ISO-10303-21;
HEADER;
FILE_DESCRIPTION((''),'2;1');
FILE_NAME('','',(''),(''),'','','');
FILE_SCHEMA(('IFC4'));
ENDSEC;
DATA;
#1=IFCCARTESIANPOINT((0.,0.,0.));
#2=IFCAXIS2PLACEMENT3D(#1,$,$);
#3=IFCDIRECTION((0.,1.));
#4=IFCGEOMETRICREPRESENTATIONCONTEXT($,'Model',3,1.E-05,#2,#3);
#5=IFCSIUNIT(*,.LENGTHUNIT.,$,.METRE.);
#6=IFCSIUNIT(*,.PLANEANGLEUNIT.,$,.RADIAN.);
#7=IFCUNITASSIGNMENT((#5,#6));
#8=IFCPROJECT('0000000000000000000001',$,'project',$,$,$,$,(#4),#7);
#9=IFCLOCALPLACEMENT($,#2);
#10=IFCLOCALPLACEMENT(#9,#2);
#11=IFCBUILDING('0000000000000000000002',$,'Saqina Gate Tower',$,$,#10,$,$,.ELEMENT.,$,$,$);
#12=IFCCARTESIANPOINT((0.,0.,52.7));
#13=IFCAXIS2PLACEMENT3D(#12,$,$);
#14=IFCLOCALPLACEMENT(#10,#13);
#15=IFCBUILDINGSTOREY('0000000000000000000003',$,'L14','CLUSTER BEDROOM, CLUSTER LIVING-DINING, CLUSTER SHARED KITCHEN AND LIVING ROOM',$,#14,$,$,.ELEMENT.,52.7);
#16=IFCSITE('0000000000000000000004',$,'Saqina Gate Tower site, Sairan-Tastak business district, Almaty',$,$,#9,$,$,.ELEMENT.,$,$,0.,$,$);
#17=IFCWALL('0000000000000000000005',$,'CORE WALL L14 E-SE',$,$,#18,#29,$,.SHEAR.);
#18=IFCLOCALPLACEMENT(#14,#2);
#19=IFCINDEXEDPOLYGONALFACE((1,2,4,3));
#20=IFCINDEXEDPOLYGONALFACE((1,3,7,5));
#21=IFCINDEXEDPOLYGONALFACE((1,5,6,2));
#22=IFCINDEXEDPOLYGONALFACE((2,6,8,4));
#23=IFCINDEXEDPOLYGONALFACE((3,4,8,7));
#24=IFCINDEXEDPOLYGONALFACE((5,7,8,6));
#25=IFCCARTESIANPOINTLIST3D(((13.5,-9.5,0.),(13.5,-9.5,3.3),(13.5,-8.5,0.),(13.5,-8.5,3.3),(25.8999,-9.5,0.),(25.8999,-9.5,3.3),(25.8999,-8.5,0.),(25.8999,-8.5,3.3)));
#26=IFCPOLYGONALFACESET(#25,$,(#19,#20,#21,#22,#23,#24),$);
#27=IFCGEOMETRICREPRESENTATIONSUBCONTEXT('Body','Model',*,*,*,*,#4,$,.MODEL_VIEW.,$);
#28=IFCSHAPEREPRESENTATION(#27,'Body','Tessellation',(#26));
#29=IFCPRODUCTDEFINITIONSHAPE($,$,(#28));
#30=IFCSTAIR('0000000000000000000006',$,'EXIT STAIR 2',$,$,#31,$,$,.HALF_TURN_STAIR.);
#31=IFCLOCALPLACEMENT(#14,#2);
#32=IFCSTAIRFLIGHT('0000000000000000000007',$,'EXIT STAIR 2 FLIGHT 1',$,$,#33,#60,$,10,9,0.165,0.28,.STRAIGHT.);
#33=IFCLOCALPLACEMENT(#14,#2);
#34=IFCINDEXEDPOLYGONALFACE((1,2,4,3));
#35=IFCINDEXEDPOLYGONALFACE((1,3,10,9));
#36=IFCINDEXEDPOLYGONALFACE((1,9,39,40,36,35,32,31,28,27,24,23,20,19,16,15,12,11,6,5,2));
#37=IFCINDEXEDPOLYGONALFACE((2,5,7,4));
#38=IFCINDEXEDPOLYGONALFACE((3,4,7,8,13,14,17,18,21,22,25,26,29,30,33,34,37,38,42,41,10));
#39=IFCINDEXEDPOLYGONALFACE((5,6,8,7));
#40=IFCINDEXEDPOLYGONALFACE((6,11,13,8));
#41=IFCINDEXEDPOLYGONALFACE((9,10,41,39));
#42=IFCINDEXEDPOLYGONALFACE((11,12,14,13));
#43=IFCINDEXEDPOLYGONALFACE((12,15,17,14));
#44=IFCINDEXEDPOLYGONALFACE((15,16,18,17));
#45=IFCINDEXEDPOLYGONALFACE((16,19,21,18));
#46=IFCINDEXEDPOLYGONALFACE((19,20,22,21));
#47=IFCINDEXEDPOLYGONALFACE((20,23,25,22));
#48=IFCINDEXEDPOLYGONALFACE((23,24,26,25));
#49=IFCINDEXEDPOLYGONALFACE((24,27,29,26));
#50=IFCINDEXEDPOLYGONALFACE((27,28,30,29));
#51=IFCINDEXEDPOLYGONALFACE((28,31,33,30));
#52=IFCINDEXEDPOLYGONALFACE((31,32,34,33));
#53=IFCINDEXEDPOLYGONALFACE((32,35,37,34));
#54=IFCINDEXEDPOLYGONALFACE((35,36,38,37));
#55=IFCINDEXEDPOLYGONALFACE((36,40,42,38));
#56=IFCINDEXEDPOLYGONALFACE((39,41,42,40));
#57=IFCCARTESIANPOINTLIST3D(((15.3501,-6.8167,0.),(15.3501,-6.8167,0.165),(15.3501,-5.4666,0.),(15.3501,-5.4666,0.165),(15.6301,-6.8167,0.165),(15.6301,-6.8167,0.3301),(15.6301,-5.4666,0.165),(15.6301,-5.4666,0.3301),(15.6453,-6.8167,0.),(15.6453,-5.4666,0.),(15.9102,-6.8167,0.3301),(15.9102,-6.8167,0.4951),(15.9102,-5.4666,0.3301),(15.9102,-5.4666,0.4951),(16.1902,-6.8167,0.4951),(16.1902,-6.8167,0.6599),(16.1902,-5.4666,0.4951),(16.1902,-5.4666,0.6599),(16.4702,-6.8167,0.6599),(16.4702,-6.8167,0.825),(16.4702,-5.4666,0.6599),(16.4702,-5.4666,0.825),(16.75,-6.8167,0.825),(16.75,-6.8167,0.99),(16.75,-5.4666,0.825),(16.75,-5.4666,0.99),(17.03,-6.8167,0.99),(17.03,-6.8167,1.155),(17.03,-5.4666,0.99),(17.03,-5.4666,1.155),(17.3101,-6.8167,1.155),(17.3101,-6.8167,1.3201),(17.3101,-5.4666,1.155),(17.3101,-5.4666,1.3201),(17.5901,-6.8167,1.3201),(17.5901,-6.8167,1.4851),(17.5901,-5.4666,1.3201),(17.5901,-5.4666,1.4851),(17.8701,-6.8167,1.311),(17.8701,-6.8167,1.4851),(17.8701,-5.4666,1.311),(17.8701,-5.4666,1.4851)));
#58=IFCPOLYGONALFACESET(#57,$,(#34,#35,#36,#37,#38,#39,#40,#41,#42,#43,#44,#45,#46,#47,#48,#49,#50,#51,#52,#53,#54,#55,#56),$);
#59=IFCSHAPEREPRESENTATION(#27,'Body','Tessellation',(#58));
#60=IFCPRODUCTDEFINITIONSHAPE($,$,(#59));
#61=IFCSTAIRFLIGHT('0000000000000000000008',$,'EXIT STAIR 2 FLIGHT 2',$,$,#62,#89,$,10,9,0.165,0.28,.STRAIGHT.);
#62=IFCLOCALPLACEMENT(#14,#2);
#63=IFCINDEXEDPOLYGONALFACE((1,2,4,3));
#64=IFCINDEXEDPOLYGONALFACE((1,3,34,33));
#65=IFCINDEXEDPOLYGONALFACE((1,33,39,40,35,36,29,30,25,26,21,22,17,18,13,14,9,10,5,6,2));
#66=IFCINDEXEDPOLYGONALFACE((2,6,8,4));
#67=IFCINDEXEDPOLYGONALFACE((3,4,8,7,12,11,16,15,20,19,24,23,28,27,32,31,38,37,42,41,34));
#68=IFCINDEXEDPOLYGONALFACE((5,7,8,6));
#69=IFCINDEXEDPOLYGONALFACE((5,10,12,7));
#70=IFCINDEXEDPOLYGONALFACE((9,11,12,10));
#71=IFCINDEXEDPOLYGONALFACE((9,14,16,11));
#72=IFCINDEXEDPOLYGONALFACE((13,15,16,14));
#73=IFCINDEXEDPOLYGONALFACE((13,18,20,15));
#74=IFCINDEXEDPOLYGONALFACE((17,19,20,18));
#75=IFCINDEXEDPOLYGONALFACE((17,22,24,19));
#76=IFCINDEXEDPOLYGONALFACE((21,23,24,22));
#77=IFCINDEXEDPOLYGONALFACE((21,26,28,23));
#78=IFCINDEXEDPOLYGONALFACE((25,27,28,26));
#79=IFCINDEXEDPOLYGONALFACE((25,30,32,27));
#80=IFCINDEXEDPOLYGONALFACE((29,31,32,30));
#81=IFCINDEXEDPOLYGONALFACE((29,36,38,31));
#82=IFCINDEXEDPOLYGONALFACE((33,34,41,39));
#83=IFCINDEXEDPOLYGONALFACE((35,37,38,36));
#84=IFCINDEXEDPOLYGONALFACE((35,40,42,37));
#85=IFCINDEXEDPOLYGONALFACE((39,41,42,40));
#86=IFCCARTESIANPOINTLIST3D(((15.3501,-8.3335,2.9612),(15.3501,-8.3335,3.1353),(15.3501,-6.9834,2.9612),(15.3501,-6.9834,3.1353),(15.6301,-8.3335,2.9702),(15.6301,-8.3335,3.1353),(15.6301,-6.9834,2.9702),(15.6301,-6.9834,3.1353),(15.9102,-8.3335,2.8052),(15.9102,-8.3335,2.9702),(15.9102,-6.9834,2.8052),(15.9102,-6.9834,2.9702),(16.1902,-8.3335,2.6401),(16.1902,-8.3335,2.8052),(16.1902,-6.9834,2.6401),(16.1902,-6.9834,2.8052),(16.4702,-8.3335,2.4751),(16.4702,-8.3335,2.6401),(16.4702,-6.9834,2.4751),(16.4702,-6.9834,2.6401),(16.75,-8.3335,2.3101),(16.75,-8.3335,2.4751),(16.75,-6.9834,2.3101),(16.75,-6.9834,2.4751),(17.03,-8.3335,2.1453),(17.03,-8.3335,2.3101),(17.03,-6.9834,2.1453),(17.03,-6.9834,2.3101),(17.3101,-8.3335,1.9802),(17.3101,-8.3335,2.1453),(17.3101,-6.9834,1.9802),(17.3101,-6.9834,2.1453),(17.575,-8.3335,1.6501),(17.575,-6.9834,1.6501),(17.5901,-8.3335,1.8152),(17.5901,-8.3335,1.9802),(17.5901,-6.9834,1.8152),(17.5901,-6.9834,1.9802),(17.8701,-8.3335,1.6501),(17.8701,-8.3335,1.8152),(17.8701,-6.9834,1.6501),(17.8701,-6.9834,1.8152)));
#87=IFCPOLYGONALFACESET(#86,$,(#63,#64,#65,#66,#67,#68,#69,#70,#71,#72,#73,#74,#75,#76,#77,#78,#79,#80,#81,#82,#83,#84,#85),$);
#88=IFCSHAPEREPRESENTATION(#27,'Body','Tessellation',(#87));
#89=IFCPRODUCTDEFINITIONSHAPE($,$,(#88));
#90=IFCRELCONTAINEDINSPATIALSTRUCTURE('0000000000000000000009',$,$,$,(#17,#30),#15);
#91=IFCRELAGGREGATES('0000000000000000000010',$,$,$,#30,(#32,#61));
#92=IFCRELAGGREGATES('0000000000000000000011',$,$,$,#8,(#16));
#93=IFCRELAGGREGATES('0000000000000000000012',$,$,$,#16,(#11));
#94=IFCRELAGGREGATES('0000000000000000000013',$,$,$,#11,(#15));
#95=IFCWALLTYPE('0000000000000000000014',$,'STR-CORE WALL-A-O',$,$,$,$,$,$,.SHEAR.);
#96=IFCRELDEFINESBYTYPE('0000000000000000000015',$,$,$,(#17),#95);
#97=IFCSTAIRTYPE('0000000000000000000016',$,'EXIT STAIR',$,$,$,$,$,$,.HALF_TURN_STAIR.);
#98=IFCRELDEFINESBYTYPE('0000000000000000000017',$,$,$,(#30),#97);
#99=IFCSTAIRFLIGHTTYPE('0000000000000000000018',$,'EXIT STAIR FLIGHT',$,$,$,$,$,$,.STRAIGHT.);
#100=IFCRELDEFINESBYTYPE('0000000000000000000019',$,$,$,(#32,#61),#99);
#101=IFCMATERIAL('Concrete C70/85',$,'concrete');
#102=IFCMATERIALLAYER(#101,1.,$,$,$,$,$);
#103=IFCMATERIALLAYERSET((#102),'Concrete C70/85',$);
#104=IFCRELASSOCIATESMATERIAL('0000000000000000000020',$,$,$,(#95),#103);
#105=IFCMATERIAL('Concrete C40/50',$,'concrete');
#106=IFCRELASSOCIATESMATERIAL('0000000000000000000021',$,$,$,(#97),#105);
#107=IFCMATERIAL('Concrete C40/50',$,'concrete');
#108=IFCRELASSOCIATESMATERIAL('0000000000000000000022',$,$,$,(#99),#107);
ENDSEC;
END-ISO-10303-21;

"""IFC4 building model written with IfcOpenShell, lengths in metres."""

from ifc_helpers import new_model, si_unit, direction, frame, frame_2d, origin, place, context, subcontext, project, spatial, polyline, rectangle, outline, extrude, material, layer, layer_set, type_object, element, aggregate, save


model = new_model("IFC4")

# Units and contexts
model_context = context("Model", 3, precision=1e-05, world=origin(), true_north=direction((0.0, 1.0)))
body_context = subcontext(model_context, "Body", "Model", "MODEL_VIEW")
ifc_project = project(units=[si_unit("LENGTHUNIT", "METRE"), si_unit("PLANEANGLEUNIT", "RADIAN")], contexts=[model_context])

# Site, building, storey
site_placement = place(None, origin())
site = spatial("IfcSite", under=ifc_project, at=site_placement, Name="Saqina Gate Tower site, Sairan-Tastak business district, Almaty", CompositionType="ELEMENT", RefElevation=0.0)
building_placement = place(site_placement, origin())
building = spatial("IfcBuilding", under=site, at=building_placement, Name="Saqina Gate Tower", CompositionType="ELEMENT")
storey_placement = place(building_placement, frame((0.0, 0.0, 52.7)))
storey = spatial("IfcBuildingStorey", under=building, at=storey_placement, Name="L14", Description="CLUSTER BEDROOM, CLUSTER LIVING-DINING, CLUSTER SHARED KITCHEN AND LIVING ROOM", CompositionType="ELEMENT", Elevation=52.7)

# Shared definitions
ifc_material_1 = material(Name="Concrete C70/85", Category="concrete")
ifc_layer_1 = layer(ifc_material_1, 1.0)
ifc_layer_set_1 = layer_set([ifc_layer_1], Name="Concrete C70/85")
wall_type_1 = type_object("IfcWallType", Name="STR-CORE WALL-A-O", PredefinedType="SHEAR", material=ifc_layer_set_1)

# Wall
wall_1_placement = place(storey_placement, frame((13.5, -9.0, 0.0), z_axis=(0.0, 0.0, 1.0), x_axis=(1.0, 0.0, 0.0)))
element("IfcWall", 1, at=wall_1_placement, inside=storey, type_object=wall_type_1, Name="CORE WALL L14 E-SE", PredefinedType="SHEAR", context=body_context, shape_type="SweptSolid", body=[
    extrude(rectangle(XDim=12.3999, YDim=1.0, at=frame_2d((6.2, 0.0))), origin(), (0.0, 0.0, 1.0), 3.3),
])

# Stair, stair flights
ifc_material_2 = material(Name="Concrete C40/50", Category="concrete")
stair_type = type_object("IfcStairType", Name="EXIT STAIR", PredefinedType="HALF_TURN_STAIR", material=ifc_material_2)
stair_placement = place(storey_placement, origin())
stair = element("IfcStair", 2, at=stair_placement, inside=storey, type_object=stair_type, Name="EXIT STAIR 2", PredefinedType="HALF_TURN_STAIR")
ifc_material_3 = material(Name="Concrete C40/50", Category="concrete")
stair_flight_type = type_object("IfcStairFlightType", Name="EXIT STAIR FLIGHT", PredefinedType="STRAIGHT", material=ifc_material_3)
stair_flight_1_placement = place(storey_placement, frame((15.3501, -6.1416, 0.0), z_axis=(0.0, 0.0, 1.0), x_axis=(1.0, 0.0, 0.0)))
stair_flight_1 = element("IfcStairFlight", 3, at=stair_flight_1_placement, type_object=stair_flight_type, Name="EXIT STAIR 2 FLIGHT 1", NumberOfRisers=10, NumberOfTreads=9, PredefinedType="STRAIGHT", RiserHeight=0.165, TreadLength=0.28, context=body_context, shape_type="SweptSolid", body=[
    extrude(outline(polyline([(0.0, 0.0), (0.0, 0.165), (0.28, 0.165), (0.28, 0.3301), (0.5601, 0.3301), (0.5601, 0.4951), (0.8401, 0.4951), (0.8401, 0.6599), (1.1201, 0.6599), (1.1201, 0.825), (1.3999, 0.825), (1.3999, 0.99), (1.6799, 0.99), (1.6799, 1.155), (1.96, 1.155), (1.96, 1.3201), (2.24, 1.3201), (2.24, 1.4851), (2.52, 1.4851), (2.52, 1.6499), (2.52, 1.311), (0.2952, 0.0), (0.0, 0.0)])), frame((0.0, 0.675, 0.0), z_axis=(0.0, -1.0, 0.0), x_axis=(1.0, 0.0, 0.0)), (0.0, 0.0, 1.0), 1.3501),
])
stair_flight_2_placement = place(storey_placement, frame((17.8701, -7.6584, 1.6501), z_axis=(0.0, 0.0, 1.0), x_axis=(-1.0, 0.0, 0.0)))
stair_flight_2 = element("IfcStairFlight", 4, at=stair_flight_2_placement, type_object=stair_flight_type, Name="EXIT STAIR 2 FLIGHT 2", NumberOfRisers=10, NumberOfTreads=9, PredefinedType="STRAIGHT", RiserHeight=0.165, TreadLength=0.28, context=body_context, shape_type="SweptSolid", body=[
    extrude(outline(polyline([(0.0, 0.0), (0.0, 0.165), (0.28, 0.165), (0.28, 0.3301), (0.5601, 0.3301), (0.5601, 0.4951), (0.8401, 0.4951), (0.8401, 0.6599), (1.1201, 0.6599), (1.1201, 0.825), (1.3999, 0.825), (1.3999, 0.99), (1.6799, 0.99), (1.6799, 1.155), (1.96, 1.155), (1.96, 1.3201), (2.24, 1.3201), (2.24, 1.4851), (2.52, 1.4851), (2.52, 1.6499), (2.52, 1.311), (0.2952, 0.0), (0.0, 0.0)])), frame((0.0, 0.675, 0.0), z_axis=(0.0, -1.0, 0.0), x_axis=(1.0, 0.0, 0.0)), (0.0, 0.0, 1.0), 1.3501),
])
aggregate(stair, [stair_flight_1, stair_flight_2])

save(model, "model.ifc")
